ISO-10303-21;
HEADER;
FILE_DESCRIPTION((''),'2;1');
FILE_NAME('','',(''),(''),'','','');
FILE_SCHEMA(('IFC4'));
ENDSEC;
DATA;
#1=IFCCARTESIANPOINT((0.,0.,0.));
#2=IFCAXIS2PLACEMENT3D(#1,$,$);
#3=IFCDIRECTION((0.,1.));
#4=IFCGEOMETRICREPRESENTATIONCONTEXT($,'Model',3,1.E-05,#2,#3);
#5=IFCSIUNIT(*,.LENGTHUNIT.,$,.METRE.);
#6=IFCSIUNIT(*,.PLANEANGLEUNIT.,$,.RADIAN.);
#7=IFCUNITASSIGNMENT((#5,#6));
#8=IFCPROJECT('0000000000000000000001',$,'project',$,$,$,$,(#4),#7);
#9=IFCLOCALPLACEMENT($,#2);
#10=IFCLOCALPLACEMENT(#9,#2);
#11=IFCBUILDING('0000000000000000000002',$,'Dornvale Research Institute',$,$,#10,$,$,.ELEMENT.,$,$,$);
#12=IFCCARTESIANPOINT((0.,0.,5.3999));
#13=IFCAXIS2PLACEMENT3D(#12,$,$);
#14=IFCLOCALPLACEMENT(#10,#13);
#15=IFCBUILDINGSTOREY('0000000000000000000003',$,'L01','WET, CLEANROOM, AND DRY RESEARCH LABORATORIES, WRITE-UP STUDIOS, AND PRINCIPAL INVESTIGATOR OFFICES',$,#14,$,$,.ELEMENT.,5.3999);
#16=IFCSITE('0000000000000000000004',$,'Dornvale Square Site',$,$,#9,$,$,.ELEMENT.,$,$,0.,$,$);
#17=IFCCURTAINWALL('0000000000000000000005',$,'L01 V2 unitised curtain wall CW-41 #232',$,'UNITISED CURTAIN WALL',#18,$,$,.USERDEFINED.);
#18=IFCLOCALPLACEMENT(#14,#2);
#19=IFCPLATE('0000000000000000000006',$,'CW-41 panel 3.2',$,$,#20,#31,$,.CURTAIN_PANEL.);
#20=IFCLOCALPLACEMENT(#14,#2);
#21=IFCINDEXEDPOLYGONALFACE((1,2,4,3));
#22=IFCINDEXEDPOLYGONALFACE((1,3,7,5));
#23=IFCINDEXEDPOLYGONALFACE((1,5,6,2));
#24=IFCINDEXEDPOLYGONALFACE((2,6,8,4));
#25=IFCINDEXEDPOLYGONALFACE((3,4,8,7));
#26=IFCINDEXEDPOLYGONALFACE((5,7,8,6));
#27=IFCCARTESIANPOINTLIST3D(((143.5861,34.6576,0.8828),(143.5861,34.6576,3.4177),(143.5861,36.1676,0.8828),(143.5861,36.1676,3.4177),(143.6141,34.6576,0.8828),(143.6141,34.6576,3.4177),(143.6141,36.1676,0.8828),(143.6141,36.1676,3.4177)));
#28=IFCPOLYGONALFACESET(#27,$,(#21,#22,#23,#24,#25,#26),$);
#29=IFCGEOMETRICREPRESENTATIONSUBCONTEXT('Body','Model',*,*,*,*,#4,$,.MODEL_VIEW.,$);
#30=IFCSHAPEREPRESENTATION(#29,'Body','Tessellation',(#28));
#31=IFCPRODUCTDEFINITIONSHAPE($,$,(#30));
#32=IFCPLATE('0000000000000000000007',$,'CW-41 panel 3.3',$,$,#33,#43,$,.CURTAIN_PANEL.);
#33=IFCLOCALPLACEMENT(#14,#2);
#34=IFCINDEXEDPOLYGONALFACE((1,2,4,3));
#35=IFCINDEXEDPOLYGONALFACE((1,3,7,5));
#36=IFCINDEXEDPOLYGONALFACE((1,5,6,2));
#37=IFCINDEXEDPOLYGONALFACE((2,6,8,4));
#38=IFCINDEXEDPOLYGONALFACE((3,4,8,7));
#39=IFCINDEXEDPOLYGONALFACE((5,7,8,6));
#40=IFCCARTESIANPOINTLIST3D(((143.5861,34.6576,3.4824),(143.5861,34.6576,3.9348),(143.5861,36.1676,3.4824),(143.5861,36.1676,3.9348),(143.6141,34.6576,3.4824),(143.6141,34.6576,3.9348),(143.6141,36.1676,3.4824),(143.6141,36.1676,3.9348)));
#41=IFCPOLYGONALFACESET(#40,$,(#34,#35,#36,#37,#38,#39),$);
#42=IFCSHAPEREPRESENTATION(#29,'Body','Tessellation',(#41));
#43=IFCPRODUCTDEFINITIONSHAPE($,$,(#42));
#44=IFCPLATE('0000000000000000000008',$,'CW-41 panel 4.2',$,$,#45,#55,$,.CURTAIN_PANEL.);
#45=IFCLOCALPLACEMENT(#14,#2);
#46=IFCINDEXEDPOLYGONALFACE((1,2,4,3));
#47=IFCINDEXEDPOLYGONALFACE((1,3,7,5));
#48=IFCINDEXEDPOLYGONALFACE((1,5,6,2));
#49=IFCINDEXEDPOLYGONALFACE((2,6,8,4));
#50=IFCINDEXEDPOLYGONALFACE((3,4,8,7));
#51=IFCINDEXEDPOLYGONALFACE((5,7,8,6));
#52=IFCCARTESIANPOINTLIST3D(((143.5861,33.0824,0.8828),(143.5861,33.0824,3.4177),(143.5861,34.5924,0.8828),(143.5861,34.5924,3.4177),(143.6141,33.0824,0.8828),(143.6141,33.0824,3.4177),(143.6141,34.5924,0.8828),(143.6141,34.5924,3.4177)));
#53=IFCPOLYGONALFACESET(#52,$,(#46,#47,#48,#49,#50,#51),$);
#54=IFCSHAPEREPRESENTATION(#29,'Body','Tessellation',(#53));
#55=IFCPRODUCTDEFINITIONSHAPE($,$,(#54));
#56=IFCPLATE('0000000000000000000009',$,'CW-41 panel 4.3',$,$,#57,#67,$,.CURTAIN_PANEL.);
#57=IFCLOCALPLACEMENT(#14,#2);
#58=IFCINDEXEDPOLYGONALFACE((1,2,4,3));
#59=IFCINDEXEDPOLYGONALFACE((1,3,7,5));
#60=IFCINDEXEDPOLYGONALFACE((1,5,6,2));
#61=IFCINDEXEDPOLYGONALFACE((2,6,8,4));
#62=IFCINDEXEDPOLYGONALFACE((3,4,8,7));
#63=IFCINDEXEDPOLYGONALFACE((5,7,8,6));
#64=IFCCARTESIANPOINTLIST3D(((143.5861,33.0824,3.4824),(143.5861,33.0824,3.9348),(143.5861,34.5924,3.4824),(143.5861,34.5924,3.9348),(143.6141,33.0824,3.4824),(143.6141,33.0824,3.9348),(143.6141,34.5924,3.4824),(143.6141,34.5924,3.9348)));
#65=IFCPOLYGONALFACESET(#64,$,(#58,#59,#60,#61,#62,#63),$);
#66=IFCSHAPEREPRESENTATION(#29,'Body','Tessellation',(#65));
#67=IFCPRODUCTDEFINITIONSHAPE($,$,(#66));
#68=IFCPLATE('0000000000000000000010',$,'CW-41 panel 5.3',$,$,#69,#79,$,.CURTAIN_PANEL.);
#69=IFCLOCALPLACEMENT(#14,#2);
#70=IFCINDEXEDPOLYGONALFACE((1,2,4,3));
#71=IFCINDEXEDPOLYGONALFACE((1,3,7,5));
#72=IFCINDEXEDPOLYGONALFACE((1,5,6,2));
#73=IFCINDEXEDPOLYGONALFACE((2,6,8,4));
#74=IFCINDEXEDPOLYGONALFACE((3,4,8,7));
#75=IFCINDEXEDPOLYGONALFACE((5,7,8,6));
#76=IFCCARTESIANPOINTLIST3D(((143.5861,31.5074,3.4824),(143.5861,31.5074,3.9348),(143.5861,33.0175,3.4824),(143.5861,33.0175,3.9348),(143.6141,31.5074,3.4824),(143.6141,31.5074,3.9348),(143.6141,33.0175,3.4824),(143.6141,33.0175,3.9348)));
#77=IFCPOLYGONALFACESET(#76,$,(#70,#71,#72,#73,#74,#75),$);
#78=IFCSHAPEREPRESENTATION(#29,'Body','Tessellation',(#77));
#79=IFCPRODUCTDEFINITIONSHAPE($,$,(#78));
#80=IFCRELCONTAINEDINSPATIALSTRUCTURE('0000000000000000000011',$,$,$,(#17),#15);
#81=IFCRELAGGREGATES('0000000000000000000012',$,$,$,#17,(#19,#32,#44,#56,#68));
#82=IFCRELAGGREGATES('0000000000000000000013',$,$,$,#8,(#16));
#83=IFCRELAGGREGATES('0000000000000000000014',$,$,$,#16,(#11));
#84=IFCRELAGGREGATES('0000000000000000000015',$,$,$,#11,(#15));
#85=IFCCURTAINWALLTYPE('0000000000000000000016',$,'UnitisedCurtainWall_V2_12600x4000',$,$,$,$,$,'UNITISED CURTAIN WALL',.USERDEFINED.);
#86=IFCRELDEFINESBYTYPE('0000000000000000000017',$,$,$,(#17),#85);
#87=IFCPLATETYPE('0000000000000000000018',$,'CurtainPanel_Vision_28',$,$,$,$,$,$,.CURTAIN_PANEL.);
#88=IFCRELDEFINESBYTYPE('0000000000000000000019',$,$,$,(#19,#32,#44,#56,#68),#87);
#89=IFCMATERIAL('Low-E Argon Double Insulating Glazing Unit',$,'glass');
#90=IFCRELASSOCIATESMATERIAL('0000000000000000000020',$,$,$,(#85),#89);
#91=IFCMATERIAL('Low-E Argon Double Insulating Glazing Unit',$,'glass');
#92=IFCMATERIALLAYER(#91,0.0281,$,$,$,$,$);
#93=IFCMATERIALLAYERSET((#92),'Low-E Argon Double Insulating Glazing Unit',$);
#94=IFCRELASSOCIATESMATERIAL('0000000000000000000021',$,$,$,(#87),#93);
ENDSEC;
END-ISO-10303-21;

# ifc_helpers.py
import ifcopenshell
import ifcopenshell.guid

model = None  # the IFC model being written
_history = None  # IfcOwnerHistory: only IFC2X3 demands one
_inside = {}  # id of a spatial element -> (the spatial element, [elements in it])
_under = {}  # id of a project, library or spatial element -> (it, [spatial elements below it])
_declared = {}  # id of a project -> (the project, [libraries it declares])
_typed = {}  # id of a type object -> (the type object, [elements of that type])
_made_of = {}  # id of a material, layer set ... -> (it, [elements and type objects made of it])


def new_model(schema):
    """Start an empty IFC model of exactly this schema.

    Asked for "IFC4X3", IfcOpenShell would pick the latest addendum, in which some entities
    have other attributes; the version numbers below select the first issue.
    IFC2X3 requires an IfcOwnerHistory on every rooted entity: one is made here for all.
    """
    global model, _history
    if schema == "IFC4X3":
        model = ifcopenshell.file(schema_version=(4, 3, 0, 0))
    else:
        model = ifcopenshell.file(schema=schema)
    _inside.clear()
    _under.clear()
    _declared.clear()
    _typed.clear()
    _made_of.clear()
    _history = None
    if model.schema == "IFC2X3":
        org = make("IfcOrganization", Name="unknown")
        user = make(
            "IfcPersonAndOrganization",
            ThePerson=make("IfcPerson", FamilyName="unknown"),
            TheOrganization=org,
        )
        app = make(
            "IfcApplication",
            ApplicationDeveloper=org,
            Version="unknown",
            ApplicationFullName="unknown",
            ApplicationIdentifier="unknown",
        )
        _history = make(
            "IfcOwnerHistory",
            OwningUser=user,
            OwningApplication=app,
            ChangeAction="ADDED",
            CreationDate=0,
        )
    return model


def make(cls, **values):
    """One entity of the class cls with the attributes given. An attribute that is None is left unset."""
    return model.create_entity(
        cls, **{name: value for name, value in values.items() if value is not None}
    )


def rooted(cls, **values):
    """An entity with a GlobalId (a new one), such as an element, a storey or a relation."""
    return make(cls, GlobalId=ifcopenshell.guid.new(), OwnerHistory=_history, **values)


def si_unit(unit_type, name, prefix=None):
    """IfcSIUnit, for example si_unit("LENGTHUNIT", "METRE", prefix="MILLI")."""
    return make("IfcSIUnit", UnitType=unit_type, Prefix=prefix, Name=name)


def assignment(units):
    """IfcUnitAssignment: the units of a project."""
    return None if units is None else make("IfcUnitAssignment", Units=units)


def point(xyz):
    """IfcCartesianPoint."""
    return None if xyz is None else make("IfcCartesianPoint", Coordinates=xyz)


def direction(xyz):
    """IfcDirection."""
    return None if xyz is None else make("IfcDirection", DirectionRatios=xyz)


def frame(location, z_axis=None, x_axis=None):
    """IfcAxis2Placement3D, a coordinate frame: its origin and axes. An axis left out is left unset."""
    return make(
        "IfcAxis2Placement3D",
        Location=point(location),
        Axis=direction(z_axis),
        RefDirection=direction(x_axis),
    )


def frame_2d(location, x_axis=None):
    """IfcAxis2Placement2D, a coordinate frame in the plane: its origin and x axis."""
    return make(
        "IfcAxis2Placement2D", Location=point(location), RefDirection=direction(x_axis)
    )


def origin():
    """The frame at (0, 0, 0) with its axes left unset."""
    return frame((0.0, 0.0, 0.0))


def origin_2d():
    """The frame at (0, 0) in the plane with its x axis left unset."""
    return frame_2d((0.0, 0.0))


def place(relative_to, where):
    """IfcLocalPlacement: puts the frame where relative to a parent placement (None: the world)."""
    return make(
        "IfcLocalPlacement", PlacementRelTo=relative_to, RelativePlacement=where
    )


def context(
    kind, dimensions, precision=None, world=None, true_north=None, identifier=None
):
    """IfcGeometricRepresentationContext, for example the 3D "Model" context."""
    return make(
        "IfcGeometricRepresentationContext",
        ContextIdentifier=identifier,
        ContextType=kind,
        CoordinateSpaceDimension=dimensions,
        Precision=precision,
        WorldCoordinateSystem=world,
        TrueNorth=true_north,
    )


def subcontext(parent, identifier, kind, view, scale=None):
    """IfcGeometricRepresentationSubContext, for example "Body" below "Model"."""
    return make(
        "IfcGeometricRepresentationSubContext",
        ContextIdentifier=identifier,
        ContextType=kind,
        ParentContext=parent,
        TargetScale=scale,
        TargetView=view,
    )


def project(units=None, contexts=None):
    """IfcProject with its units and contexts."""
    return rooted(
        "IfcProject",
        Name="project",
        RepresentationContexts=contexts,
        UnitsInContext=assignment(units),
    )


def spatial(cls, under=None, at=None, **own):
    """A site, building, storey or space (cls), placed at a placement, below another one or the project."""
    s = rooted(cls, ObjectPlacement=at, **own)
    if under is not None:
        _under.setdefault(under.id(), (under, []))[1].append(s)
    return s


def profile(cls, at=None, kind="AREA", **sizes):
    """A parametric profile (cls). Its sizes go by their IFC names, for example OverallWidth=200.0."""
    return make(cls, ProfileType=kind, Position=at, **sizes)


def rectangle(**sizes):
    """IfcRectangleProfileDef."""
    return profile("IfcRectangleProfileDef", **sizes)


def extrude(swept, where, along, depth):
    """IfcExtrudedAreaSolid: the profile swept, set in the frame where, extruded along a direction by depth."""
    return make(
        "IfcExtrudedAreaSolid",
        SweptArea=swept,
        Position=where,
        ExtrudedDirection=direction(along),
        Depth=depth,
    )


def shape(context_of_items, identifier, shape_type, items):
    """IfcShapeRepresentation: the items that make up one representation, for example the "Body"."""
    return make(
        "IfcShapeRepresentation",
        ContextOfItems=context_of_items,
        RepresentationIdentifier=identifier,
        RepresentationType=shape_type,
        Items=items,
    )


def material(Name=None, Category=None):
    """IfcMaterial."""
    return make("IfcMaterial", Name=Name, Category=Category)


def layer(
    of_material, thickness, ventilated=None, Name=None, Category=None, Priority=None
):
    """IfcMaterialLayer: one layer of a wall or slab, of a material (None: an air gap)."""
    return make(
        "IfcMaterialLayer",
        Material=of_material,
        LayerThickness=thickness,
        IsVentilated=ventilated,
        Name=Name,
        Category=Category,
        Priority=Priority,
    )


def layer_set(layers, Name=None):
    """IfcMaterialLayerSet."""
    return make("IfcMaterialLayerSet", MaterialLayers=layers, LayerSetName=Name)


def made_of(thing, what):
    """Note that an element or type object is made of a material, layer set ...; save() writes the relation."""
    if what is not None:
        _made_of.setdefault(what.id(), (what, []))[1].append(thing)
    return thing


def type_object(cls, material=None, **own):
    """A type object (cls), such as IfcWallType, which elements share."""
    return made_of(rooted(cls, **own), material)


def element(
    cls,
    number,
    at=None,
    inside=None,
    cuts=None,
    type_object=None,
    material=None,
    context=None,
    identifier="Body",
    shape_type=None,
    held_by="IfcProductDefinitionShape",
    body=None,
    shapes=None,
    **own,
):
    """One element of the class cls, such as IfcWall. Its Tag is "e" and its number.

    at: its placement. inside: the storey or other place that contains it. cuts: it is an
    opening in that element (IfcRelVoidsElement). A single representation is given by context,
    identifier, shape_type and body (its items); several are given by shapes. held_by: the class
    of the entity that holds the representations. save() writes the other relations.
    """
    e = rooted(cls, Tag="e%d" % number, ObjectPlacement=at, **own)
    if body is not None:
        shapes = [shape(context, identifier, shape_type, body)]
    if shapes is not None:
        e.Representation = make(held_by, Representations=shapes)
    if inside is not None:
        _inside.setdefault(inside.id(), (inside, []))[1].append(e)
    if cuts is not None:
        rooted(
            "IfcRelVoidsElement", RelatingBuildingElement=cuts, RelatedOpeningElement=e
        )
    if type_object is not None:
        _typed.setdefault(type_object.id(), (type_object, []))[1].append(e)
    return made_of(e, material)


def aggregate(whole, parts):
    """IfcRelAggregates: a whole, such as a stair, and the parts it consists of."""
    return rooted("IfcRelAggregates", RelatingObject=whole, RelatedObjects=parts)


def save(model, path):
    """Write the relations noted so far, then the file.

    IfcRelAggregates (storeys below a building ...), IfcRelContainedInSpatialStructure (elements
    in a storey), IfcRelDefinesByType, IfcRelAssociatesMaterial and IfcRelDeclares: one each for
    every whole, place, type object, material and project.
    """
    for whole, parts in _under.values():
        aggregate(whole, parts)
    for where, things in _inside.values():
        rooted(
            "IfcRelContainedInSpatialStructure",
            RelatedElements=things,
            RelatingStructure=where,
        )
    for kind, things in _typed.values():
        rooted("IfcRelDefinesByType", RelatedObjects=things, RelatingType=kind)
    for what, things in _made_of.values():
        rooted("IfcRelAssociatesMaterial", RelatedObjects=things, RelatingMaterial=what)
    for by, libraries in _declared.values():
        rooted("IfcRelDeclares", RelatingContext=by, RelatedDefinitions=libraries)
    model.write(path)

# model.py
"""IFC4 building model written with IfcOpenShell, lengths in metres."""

from ifc_helpers import new_model, si_unit, direction, frame, origin, origin_2d, place, context, subcontext, project, spatial, rectangle, extrude, material, layer, layer_set, type_object, element, aggregate, save


model = new_model("IFC4")

# Units and contexts
model_context = context("Model", 3, precision=1e-05, world=origin(), true_north=direction((0.0, 1.0)))
body_context = subcontext(model_context, "Body", "Model", "MODEL_VIEW")
ifc_project = project(units=[si_unit("LENGTHUNIT", "METRE"), si_unit("PLANEANGLEUNIT", "RADIAN")], contexts=[model_context])

# Site, building, storey
site_placement = place(None, origin())
site = spatial("IfcSite", under=ifc_project, at=site_placement, Name="Dornvale Square Site", CompositionType="ELEMENT", RefElevation=0.0)
building_placement = place(site_placement, origin())
building = spatial("IfcBuilding", under=site, at=building_placement, Name="Dornvale Research Institute", CompositionType="ELEMENT")
storey_placement = place(building_placement, frame((0.0, 0.0, 5.3999)))
storey = spatial("IfcBuildingStorey", under=building, at=storey_placement, Name="L01", Description="WET, CLEANROOM, AND DRY RESEARCH LABORATORIES, WRITE-UP STUDIOS, AND PRINCIPAL INVESTIGATOR OFFICES", CompositionType="ELEMENT", Elevation=5.3999)

# Curtain wall, plates
ifc_material_1 = material(Name="Low-E Argon Double Insulating Glazing Unit", Category="glass")
curtain_wall_type = type_object("IfcCurtainWallType", Name="UnitisedCurtainWall_V2_12600x4000", ElementType="UNITISED CURTAIN WALL", PredefinedType="USERDEFINED", material=ifc_material_1)
curtain_wall_placement = place(storey_placement, origin())
curtain_wall = element("IfcCurtainWall", 1, at=curtain_wall_placement, inside=storey, type_object=curtain_wall_type, Name="L01 V2 unitised curtain wall CW-41 #232", ObjectType="UNITISED CURTAIN WALL", PredefinedType="USERDEFINED")
ifc_material_2 = material(Name="Low-E Argon Double Insulating Glazing Unit", Category="glass")
ifc_layer_1 = layer(ifc_material_2, 0.0281)
ifc_layer_set_1 = layer_set([ifc_layer_1], Name="Low-E Argon Double Insulating Glazing Unit")
plate_type_1 = type_object("IfcPlateType", Name="CurtainPanel_Vision_28", PredefinedType="CURTAIN_PANEL", material=ifc_layer_set_1)
plate_1_placement = place(storey_placement, frame((143.6001, 35.4126, 0.8828), z_axis=(0.0, 0.0, 1.0), x_axis=(0.0, -1.0, 0.0)))
plate_1 = element("IfcPlate", 2, at=plate_1_placement, type_object=plate_type_1, Name="CW-41 panel 3.2", PredefinedType="CURTAIN_PANEL", context=body_context, shape_type="SweptSolid", body=[
    extrude(rectangle(XDim=1.51, YDim=0.0281, at=origin_2d()), origin(), (0.0, 0.0, 1.0), 2.5349),
])
plate_2_placement = place(storey_placement, frame((143.6001, 35.4126, 3.4824), z_axis=(0.0, 0.0, 1.0), x_axis=(0.0, -1.0, 0.0)))
plate_2 = element("IfcPlate", 3, at=plate_2_placement, type_object=plate_type_1, Name="CW-41 panel 3.3", PredefinedType="CURTAIN_PANEL", context=body_context, shape_type="SweptSolid", body=[
    extrude(rectangle(XDim=1.51, YDim=0.0281, at=origin_2d()), origin(), (0.0, 0.0, 1.0), 0.4524),
])
plate_3_placement = place(storey_placement, frame((143.6001, 33.8374, 0.8828), z_axis=(0.0, 0.0, 1.0), x_axis=(0.0, -1.0, 0.0)))
plate_3 = element("IfcPlate", 4, at=plate_3_placement, type_object=plate_type_1, Name="CW-41 panel 4.2", PredefinedType="CURTAIN_PANEL", context=body_context, shape_type="SweptSolid", body=[
    extrude(rectangle(XDim=1.51, YDim=0.0281, at=origin_2d()), origin(), (0.0, 0.0, 1.0), 2.5349),
])
plate_4_placement = place(storey_placement, frame((143.6001, 33.8374, 3.4824), z_axis=(0.0, 0.0, 1.0), x_axis=(0.0, -1.0, 0.0)))
plate_4 = element("IfcPlate", 5, at=plate_4_placement, type_object=plate_type_1, Name="CW-41 panel 4.3", PredefinedType="CURTAIN_PANEL", context=body_context, shape_type="SweptSolid", body=[
    extrude(rectangle(XDim=1.51, YDim=0.0281, at=origin_2d()), origin(), (0.0, 0.0, 1.0), 0.4524),
])
plate_5_placement = place(storey_placement, frame((143.6001, 32.2625, 3.4824), z_axis=(0.0, 0.0, 1.0), x_axis=(0.0, -1.0, 0.0)))
plate_5 = element("IfcPlate", 6, at=plate_5_placement, type_object=plate_type_1, Name="CW-41 panel 5.3", PredefinedType="CURTAIN_PANEL", context=body_context, shape_type="SweptSolid", body=[
    extrude(rectangle(XDim=1.51, YDim=0.0281, at=origin_2d()), origin(), (0.0, 0.0, 1.0), 0.4524),
])
aggregate(curtain_wall, [plate_1, plate_2, plate_3, plate_4, plate_5])

save(model, "model.ifc")
